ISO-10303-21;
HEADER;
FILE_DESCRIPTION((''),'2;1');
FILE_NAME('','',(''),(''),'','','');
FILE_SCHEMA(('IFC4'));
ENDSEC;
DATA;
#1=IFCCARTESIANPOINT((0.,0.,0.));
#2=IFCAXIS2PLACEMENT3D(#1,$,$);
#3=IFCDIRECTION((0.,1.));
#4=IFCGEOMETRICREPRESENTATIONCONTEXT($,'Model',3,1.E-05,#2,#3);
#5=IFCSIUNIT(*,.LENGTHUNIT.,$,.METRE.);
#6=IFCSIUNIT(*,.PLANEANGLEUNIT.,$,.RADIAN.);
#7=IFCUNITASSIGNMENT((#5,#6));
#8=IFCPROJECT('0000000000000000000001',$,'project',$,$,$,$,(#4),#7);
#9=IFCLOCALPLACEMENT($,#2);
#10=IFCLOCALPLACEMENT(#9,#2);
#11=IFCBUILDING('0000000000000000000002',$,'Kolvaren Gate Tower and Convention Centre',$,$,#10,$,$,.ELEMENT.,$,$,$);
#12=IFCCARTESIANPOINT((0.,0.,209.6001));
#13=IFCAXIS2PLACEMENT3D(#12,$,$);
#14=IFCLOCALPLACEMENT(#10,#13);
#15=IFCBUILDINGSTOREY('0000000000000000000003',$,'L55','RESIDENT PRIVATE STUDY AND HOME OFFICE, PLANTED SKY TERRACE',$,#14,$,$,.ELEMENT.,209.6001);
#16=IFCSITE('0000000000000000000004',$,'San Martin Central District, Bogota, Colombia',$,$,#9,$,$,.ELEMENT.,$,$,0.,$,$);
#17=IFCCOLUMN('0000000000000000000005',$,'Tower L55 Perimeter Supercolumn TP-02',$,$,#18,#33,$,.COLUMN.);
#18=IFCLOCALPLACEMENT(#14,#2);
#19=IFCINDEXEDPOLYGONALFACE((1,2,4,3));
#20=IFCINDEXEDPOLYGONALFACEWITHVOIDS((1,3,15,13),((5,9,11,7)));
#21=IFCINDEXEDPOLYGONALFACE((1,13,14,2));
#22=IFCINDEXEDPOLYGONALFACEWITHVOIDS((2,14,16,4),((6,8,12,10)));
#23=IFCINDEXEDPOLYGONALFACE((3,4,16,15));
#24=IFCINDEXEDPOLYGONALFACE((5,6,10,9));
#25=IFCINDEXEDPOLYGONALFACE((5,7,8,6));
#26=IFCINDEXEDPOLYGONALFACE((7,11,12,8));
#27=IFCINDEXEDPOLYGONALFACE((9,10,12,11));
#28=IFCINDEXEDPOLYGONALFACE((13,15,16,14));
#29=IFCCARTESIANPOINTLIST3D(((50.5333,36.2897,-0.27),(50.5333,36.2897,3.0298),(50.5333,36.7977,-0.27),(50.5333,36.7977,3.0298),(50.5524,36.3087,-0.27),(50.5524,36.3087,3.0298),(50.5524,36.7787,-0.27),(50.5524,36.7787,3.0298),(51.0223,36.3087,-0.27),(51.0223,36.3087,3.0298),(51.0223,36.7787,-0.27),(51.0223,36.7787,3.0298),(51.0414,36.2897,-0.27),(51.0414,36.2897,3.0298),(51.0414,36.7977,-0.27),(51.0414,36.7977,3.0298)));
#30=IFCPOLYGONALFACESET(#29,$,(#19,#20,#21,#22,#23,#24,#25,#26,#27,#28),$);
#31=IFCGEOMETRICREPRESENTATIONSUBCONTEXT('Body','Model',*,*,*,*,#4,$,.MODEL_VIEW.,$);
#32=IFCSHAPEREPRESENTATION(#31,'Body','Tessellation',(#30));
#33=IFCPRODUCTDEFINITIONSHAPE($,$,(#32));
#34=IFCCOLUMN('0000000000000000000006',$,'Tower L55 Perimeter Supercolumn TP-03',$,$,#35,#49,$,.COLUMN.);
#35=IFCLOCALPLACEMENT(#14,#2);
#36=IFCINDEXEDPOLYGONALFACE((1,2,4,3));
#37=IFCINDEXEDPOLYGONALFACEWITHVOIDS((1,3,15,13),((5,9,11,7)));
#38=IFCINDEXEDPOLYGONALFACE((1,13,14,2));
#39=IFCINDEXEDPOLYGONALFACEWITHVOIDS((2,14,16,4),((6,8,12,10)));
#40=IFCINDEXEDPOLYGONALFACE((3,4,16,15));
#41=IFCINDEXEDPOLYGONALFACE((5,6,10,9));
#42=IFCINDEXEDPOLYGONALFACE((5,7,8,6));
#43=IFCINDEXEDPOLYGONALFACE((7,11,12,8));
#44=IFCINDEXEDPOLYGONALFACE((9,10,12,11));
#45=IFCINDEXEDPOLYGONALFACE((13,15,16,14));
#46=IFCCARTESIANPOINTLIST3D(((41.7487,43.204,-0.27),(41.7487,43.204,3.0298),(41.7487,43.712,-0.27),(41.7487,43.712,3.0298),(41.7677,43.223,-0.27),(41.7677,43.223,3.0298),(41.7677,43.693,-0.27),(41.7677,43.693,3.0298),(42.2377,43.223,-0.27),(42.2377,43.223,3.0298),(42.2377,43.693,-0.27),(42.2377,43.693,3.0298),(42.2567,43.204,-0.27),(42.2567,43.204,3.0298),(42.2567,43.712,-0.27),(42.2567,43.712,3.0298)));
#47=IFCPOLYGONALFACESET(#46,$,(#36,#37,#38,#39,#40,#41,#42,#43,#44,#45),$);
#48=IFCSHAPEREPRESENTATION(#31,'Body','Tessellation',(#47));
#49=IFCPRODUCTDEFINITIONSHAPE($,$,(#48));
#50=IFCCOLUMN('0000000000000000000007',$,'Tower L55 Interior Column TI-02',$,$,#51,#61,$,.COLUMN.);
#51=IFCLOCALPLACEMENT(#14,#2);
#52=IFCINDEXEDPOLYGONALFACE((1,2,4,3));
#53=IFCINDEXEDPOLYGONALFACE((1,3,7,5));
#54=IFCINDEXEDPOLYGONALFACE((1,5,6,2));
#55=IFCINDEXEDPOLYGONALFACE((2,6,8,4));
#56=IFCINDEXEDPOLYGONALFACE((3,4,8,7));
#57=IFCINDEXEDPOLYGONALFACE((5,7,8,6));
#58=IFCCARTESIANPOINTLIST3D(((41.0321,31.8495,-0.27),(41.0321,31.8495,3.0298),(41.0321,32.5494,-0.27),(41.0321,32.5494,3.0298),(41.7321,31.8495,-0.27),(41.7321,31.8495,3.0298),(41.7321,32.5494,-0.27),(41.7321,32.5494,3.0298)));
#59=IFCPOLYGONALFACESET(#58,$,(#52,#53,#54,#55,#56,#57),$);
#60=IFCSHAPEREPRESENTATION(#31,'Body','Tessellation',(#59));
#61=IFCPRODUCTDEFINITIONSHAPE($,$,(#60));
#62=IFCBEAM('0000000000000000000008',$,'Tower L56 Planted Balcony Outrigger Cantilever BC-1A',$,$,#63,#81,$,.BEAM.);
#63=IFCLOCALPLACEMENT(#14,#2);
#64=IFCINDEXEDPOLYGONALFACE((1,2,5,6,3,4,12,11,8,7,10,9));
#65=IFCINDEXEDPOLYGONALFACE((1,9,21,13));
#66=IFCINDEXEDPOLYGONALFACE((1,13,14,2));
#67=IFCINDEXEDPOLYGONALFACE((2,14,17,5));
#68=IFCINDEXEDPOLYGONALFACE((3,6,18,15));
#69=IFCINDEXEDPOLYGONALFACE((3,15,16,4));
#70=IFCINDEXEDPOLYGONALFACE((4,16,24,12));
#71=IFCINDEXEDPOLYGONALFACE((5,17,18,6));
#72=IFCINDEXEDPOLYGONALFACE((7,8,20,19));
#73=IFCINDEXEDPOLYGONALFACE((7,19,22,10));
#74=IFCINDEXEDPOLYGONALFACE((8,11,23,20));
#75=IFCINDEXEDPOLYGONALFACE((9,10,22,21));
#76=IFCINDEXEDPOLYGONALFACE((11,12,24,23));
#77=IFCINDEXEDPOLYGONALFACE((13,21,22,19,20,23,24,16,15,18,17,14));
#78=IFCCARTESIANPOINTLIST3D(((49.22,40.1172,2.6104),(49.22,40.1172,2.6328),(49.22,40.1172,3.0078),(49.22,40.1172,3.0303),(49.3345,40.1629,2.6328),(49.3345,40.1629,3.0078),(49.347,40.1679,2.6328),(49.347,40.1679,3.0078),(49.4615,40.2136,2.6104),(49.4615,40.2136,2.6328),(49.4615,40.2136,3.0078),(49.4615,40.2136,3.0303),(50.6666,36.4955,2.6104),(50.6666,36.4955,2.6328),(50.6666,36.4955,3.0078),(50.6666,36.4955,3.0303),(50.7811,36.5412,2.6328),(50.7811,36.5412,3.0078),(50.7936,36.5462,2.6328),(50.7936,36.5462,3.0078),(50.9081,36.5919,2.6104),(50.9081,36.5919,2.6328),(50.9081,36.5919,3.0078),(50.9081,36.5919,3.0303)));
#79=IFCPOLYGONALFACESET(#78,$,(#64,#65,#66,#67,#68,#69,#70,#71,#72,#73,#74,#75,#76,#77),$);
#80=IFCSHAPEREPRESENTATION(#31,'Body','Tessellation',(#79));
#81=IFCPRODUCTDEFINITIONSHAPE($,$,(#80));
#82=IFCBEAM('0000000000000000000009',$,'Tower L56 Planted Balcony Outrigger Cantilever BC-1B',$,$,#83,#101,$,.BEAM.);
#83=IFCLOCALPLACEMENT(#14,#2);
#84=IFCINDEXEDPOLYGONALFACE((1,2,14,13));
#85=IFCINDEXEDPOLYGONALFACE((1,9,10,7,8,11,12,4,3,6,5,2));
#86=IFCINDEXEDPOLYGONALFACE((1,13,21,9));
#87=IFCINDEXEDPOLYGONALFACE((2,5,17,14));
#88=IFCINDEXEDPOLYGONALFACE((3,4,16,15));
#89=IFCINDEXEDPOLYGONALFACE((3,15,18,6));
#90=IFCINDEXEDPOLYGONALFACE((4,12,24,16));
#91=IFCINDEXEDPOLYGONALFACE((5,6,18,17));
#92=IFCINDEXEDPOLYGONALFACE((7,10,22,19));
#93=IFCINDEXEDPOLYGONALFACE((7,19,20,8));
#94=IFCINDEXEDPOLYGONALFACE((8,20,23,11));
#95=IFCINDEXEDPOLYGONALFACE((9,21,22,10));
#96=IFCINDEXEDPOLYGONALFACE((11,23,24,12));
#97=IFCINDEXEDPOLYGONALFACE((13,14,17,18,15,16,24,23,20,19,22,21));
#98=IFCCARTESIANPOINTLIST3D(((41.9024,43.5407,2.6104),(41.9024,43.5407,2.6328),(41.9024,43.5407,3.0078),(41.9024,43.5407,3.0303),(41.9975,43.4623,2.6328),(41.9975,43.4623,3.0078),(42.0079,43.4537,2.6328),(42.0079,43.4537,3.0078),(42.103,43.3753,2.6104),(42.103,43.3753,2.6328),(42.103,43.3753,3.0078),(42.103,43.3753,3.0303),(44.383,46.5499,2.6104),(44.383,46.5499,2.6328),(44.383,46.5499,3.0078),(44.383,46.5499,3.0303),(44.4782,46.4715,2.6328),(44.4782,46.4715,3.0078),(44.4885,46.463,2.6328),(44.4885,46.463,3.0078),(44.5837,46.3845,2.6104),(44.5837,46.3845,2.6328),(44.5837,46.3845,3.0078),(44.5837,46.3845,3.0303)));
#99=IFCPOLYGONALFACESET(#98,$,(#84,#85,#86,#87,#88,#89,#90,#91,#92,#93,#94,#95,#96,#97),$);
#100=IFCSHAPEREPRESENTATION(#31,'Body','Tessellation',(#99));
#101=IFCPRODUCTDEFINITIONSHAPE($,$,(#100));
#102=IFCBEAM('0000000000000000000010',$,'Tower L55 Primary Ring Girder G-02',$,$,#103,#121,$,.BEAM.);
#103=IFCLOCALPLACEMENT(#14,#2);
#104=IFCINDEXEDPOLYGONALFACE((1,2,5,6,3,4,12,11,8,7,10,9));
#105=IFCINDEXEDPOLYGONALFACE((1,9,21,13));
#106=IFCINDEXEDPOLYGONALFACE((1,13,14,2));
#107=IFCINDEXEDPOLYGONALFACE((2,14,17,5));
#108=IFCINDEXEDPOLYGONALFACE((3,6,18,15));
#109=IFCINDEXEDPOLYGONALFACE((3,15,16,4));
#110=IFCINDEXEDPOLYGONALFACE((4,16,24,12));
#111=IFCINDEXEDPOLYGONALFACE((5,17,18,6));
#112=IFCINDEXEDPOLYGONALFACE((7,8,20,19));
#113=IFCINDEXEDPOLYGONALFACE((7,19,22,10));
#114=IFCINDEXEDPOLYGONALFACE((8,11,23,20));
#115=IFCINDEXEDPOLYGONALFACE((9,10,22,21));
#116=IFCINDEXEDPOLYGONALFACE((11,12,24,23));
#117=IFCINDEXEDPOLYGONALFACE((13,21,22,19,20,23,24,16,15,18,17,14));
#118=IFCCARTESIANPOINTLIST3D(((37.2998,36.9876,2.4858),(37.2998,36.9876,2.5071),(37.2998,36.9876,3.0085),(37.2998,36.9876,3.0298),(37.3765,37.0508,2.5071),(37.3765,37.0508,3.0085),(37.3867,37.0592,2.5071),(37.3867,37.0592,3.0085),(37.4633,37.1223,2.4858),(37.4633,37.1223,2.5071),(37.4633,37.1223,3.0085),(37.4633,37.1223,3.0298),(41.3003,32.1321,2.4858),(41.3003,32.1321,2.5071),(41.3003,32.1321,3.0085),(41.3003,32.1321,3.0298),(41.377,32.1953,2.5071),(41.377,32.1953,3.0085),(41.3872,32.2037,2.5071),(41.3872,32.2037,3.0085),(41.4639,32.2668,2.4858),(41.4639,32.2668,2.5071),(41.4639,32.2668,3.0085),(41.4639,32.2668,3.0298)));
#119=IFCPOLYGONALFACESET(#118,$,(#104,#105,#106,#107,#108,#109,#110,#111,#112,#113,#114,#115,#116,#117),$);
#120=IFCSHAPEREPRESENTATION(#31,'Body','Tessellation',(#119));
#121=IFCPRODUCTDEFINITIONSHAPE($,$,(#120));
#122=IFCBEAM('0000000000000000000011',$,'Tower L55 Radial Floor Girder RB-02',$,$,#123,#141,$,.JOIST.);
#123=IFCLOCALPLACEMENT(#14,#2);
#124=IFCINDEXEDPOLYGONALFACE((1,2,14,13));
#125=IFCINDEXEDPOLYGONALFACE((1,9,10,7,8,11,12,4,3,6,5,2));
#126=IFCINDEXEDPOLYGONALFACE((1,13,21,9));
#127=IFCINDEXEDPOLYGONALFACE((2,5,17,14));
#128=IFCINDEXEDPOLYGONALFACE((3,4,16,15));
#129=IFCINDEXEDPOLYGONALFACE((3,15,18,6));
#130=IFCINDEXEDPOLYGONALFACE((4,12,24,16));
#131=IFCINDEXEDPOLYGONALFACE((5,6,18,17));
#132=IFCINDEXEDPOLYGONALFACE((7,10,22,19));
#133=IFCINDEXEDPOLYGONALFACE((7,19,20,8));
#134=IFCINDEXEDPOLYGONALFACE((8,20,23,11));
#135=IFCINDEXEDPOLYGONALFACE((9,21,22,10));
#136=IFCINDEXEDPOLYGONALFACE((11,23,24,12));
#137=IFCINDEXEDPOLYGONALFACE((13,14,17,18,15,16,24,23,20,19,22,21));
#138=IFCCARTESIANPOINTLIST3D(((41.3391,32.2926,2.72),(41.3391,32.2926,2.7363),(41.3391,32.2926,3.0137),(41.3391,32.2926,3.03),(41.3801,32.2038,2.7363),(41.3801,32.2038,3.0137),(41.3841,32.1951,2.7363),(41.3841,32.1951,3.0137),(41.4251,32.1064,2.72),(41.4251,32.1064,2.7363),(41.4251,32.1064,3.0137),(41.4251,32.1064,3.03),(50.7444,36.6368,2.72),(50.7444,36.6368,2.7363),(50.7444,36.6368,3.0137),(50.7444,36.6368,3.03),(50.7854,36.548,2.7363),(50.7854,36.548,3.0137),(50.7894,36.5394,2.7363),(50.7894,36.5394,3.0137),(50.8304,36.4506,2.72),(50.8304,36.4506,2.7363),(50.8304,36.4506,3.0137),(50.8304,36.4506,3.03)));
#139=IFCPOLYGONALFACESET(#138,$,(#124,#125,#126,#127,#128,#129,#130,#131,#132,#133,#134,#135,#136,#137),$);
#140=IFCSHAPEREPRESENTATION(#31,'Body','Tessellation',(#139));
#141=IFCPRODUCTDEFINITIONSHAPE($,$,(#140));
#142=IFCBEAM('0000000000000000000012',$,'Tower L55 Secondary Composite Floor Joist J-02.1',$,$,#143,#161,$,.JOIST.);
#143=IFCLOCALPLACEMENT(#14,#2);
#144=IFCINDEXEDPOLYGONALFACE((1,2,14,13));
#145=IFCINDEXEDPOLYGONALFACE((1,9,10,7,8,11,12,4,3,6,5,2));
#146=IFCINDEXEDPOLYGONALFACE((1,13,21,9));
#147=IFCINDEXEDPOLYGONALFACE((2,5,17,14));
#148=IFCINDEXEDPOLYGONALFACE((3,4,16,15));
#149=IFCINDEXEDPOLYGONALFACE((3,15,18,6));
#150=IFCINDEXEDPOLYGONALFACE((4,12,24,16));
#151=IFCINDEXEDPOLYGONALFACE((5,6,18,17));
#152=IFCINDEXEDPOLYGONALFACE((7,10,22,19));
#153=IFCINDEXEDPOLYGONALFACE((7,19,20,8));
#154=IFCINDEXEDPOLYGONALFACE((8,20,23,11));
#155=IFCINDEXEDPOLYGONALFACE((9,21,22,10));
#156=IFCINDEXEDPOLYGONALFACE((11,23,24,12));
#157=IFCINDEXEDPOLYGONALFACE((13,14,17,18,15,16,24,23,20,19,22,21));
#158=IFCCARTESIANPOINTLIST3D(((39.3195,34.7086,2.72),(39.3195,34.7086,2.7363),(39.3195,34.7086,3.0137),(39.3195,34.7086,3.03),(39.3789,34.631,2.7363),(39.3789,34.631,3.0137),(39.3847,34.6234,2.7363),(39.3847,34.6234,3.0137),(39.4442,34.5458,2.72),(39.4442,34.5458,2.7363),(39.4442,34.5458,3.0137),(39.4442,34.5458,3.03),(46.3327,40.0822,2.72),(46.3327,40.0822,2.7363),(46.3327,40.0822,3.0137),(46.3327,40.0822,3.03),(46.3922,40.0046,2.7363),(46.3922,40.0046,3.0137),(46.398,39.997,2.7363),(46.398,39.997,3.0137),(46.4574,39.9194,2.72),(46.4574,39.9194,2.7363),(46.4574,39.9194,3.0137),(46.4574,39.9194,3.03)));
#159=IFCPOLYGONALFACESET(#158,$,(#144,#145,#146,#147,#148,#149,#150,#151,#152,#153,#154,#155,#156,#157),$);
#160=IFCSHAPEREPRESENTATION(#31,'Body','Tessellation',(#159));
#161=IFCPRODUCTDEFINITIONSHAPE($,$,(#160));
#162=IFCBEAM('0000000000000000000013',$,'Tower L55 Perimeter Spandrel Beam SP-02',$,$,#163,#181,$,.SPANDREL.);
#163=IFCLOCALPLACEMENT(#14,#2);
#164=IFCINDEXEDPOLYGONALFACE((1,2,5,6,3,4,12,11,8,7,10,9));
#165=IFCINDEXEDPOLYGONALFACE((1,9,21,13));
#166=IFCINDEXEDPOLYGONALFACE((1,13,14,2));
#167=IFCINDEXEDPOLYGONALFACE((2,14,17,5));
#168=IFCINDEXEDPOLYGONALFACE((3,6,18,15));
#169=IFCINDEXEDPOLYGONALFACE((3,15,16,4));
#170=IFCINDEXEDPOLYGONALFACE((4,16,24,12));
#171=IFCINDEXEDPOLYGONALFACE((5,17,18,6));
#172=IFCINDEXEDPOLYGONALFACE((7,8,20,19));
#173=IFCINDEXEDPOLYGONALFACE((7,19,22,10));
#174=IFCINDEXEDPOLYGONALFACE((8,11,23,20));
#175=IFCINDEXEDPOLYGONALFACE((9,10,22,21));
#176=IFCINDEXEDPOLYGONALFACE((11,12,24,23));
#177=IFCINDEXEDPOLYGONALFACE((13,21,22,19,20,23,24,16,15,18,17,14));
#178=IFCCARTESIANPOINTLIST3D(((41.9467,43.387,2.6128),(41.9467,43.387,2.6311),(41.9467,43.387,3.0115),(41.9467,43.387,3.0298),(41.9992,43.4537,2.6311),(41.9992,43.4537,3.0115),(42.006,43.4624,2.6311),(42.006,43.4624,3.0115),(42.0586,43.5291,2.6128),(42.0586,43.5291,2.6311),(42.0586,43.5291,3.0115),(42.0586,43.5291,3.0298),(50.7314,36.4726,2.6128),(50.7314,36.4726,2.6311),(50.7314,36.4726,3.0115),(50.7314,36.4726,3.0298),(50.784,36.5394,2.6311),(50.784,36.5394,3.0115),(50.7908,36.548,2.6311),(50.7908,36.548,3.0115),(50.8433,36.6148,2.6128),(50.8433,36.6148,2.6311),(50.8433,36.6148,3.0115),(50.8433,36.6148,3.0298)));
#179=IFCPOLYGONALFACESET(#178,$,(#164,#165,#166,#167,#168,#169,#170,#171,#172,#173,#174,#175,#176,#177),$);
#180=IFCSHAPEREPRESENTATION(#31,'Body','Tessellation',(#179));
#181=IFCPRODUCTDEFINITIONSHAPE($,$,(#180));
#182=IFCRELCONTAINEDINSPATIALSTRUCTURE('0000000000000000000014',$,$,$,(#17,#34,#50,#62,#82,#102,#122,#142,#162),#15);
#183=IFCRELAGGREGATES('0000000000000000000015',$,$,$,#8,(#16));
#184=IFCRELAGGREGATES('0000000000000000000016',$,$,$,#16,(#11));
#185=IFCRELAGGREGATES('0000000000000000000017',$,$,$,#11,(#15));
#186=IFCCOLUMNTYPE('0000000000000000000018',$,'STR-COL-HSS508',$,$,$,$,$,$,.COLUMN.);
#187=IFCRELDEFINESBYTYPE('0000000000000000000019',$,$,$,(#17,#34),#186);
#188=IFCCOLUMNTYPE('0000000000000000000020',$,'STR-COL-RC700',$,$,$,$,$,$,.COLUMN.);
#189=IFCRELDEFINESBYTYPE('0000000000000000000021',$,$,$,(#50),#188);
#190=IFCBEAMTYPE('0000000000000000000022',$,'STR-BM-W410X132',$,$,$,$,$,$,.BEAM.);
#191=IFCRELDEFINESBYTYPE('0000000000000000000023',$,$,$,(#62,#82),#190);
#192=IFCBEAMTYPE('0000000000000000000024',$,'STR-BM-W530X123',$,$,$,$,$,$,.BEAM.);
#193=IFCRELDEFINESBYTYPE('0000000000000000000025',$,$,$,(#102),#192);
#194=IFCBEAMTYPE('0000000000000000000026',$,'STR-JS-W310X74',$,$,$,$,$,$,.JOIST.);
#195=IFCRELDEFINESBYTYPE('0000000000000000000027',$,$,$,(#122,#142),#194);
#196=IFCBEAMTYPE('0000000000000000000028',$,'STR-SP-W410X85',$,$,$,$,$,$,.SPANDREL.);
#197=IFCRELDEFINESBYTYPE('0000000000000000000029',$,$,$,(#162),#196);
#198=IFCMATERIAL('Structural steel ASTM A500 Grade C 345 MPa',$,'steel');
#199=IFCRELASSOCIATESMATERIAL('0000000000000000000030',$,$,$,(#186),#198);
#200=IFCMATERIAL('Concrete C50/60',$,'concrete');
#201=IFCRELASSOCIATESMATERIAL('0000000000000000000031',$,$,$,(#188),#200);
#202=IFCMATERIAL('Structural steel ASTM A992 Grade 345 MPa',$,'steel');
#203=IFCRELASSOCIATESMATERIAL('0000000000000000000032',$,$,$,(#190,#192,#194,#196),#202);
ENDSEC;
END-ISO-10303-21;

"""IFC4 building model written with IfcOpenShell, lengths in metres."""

from ifc_helpers import new_model, si_unit, direction, frame, origin, origin_2d, place, context, subcontext, project, spatial, rectangle, hollow_rectangle, i_section, extrude, material, material_profile, profile_set, type_object, element, save


model = new_model("IFC4")

# Units and contexts
model_context = context("Model", 3, precision=1e-05, world=origin(), true_north=direction((0.0, 1.0)))
body_context = subcontext(model_context, "Body", "Model", "MODEL_VIEW")
ifc_project = project(units=[si_unit("LENGTHUNIT", "METRE"), si_unit("PLANEANGLEUNIT", "RADIAN")], contexts=[model_context])

# Site, building, storey
site_placement = place(None, origin())
site = spatial("IfcSite", under=ifc_project, at=site_placement, Name="San Martin Central District, Bogota, Colombia", CompositionType="ELEMENT", RefElevation=0.0)
building_placement = place(site_placement, origin())
building = spatial("IfcBuilding", under=site, at=building_placement, Name="Kolvaren Gate Tower and Convention Centre", CompositionType="ELEMENT")
storey_placement = place(building_placement, frame((0.0, 0.0, 209.6001)))
storey = spatial("IfcBuildingStorey", under=building, at=storey_placement, Name="L55", Description="RESIDENT PRIVATE STUDY AND HOME OFFICE, PLANTED SKY TERRACE", CompositionType="ELEMENT", Elevation=209.6001)

# Columns
ifc_material_1 = material(Name="Structural steel ASTM A500 Grade C 345 MPa", Category="steel")
ifc_material_profile_1 = material_profile(ifc_material_1, hollow_rectangle(XDim=0.5081, YDim=0.5081, WallThickness=0.019, at=origin_2d()), Name="HSS508X508X19.1")
ifc_profile_set_1 = profile_set([ifc_material_profile_1], Name="Structural steel ASTM A500 Grade C 345 MPa")
column_type_1 = type_object("IfcColumnType", Name="STR-COL-HSS508", PredefinedType="COLUMN", material=ifc_profile_set_1)
for number, where, z_axis, x_axis, name in (
    (1, (50.7874, 36.5437, -0.27), (0.0, 0.0, 1.0), (1.0, 0.0, 0.0), "Tower L55 Perimeter Supercolumn TP-02"),
    (2, (42.0027, 43.458, -0.27), (0.0, 0.0, 1.0), (1.0, 0.0, 0.0), "Tower L55 Perimeter Supercolumn TP-03"),
):
    element("IfcColumn", number, at=place(storey_placement, frame(where, z_axis=z_axis, x_axis=x_axis)), inside=storey, type_object=column_type_1, Name=name, PredefinedType="COLUMN", context=body_context, shape_type="SweptSolid", body=[
        extrude(hollow_rectangle(XDim=0.5081, YDim=0.5081, WallThickness=0.019, at=origin_2d()), origin(), (0.0, 0.0, 1.0), 3.2998),
    ])
ifc_material_2 = material(Name="Concrete C50/60", Category="concrete")
ifc_material_profile_2 = material_profile(ifc_material_2, rectangle(XDim=0.7, YDim=0.7, at=origin_2d()), Name="RC-COL-700X700")
ifc_profile_set_2 = profile_set([ifc_material_profile_2], Name="Concrete C50/60")
column_type_2 = type_object("IfcColumnType", Name="STR-COL-RC700", PredefinedType="COLUMN", material=ifc_profile_set_2)
column_placement = place(storey_placement, frame((41.3821, 32.1995, -0.27), z_axis=(0.0, 0.0, 1.0), x_axis=(1.0, 0.0, 0.0)))
element("IfcColumn", 3, at=column_placement, inside=storey, type_object=column_type_2, Name="Tower L55 Interior Column TI-02", PredefinedType="COLUMN", context=body_context, shape_type="SweptSolid", body=[
    extrude(rectangle(XDim=0.7, YDim=0.7, at=origin_2d()), origin(), (0.0, 0.0, 1.0), 3.2998),
])

# Beams
ifc_material_3 = material(Name="Structural steel ASTM A992 Grade 345 MPa", Category="steel")
ifc_material_profile_3 = material_profile(ifc_material_3, i_section(OverallWidth=0.26, OverallDepth=0.4199, WebThickness=0.0134, FlangeThickness=0.0225, at=origin_2d()), Name="W410X132")
ifc_profile_set_3 = profile_set([ifc_material_profile_3], Name="Structural steel ASTM A992 Grade 345 MPa")
beam_type_1 = type_object("IfcBeamType", Name="STR-BM-W410X132", PredefinedType="BEAM", material=ifc_profile_set_3)
for number, where, z_axis, x_axis, name in (
    (4, (50.7874, 36.5437, 2.8203), (-0.370926, 0.928662, 0.0), (-0.928662, -0.370926, 0.0), "Tower L56 Planted Balcony Outrigger Cantilever BC-1A"),
    (5, (42.0027, 43.458, 2.8203), (0.636087, 0.771618, 0.0), (-0.771618, 0.636087, 0.0), "Tower L56 Planted Balcony Outrigger Cantilever BC-1B"),
):
    element("IfcBeam", number, at=place(storey_placement, frame(where, z_axis=z_axis, x_axis=x_axis)), inside=storey, type_object=beam_type_1, Name=name, PredefinedType="BEAM", context=body_context, shape_type="SweptSolid", body=[
        extrude(i_section(OverallWidth=0.26, OverallDepth=0.4199, WebThickness=0.0134, FlangeThickness=0.0225, at=origin_2d()), origin(), (0.0, 0.0, 1.0), 3.8999),
    ])
ifc_material_profile_4 = material_profile(ifc_material_3, i_section(OverallWidth=0.2119, OverallDepth=0.5439, WebThickness=0.0132, FlangeThickness=0.0212, at=origin_2d()), Name="W530X123")
ifc_profile_set_4 = profile_set([ifc_material_profile_4], Name="Structural steel ASTM A992 Grade 345 MPa")
beam_type_2 = type_object("IfcBeamType", Name="STR-BM-W530X123", PredefinedType="BEAM", material=ifc_profile_set_4)
beam_1_placement = place(storey_placement, frame((41.3821, 32.1995, 2.7578), z_axis=(-0.635884, 0.771785, 0.0), x_axis=(-0.771785, -0.635884, 0.0)))
element("IfcBeam", 6, at=beam_1_placement, inside=storey, type_object=beam_type_2, Name="Tower L55 Primary Ring Girder G-02", PredefinedType="BEAM", context=body_context, shape_type="SweptSolid", body=[
    extrude(i_section(OverallWidth=0.2119, OverallDepth=0.5439, WebThickness=0.0132, FlangeThickness=0.0212, at=origin_2d()), origin(), (0.0, 0.0, 1.0), 6.2913),
])
ifc_material_profile_5 = material_profile(ifc_material_3, i_section(OverallWidth=0.2051, OverallDepth=0.3101, WebThickness=0.0095, FlangeThickness=0.0164, at=origin_2d()), Name="W310X74")
ifc_profile_set_5 = profile_set([ifc_material_profile_5], Name="Structural steel ASTM A992 Grade 345 MPa")
beam_type_3 = type_object("IfcBeamType", Name="STR-JS-W310X74", PredefinedType="JOIST", material=ifc_profile_set_5)
beam_2_placement = place(storey_placement, frame((41.3821, 32.1995, 2.875), z_axis=(0.907837, 0.419324, 0.0), x_axis=(-0.419324, 0.907837, 0.0)))
element("IfcBeam", 7, at=beam_2_placement, inside=storey, type_object=beam_type_3, Name="Tower L55 Radial Floor Girder RB-02", PredefinedType="JOIST", context=body_context, shape_type="SweptSolid", body=[
    extrude(i_section(OverallWidth=0.2051, OverallDepth=0.3101, WebThickness=0.0095, FlangeThickness=0.0164, at=origin_2d()), origin(), (0.0, 0.0, 1.0), 10.3601),
])
beam_3_placement = place(storey_placement, frame((39.3818, 34.6272, 2.875), z_axis=(0.793783, 0.608201, 0.0), x_axis=(-0.608201, 0.793783, 0.0)))
element("IfcBeam", 8, at=beam_3_placement, inside=storey, type_object=beam_type_3, Name="Tower L55 Secondary Composite Floor Joist J-02.1", PredefinedType="JOIST", context=body_context, shape_type="SweptSolid", body=[
    extrude(i_section(OverallWidth=0.2051, OverallDepth=0.3101, WebThickness=0.0095, FlangeThickness=0.0164, at=origin_2d()), origin(), (0.0, 0.0, 1.0), 8.8352),
])
ifc_material_profile_6 = material_profile(ifc_material_3, i_section(OverallWidth=0.1809, OverallDepth=0.417, WebThickness=0.011, FlangeThickness=0.0183, at=origin_2d()), Name="W410X85")
ifc_profile_set_6 = profile_set([ifc_material_profile_6], Name="Structural steel ASTM A992 Grade 345 MPa")
beam_type_4 = type_object("IfcBeamType", Name="STR-SP-W410X85", PredefinedType="SPANDREL", material=ifc_profile_set_6)
beam_4_placement = place(storey_placement, frame((50.7874, 36.5437, 2.8213), z_axis=(-0.785794, 0.618489, 0.0), x_axis=(-0.618489, -0.785794, 0.0)))
element("IfcBeam", 9, at=beam_4_placement, inside=storey, type_object=beam_type_4, Name="Tower L55 Perimeter Spandrel Beam SP-02", PredefinedType="SPANDREL", context=body_context, shape_type="SweptSolid", body=[
    extrude(i_section(OverallWidth=0.1809, OverallDepth=0.417, WebThickness=0.011, FlangeThickness=0.0183, at=origin_2d()), origin(), (0.0, 0.0, 1.0), 11.1794),
])

save(model, "model.ifc")
